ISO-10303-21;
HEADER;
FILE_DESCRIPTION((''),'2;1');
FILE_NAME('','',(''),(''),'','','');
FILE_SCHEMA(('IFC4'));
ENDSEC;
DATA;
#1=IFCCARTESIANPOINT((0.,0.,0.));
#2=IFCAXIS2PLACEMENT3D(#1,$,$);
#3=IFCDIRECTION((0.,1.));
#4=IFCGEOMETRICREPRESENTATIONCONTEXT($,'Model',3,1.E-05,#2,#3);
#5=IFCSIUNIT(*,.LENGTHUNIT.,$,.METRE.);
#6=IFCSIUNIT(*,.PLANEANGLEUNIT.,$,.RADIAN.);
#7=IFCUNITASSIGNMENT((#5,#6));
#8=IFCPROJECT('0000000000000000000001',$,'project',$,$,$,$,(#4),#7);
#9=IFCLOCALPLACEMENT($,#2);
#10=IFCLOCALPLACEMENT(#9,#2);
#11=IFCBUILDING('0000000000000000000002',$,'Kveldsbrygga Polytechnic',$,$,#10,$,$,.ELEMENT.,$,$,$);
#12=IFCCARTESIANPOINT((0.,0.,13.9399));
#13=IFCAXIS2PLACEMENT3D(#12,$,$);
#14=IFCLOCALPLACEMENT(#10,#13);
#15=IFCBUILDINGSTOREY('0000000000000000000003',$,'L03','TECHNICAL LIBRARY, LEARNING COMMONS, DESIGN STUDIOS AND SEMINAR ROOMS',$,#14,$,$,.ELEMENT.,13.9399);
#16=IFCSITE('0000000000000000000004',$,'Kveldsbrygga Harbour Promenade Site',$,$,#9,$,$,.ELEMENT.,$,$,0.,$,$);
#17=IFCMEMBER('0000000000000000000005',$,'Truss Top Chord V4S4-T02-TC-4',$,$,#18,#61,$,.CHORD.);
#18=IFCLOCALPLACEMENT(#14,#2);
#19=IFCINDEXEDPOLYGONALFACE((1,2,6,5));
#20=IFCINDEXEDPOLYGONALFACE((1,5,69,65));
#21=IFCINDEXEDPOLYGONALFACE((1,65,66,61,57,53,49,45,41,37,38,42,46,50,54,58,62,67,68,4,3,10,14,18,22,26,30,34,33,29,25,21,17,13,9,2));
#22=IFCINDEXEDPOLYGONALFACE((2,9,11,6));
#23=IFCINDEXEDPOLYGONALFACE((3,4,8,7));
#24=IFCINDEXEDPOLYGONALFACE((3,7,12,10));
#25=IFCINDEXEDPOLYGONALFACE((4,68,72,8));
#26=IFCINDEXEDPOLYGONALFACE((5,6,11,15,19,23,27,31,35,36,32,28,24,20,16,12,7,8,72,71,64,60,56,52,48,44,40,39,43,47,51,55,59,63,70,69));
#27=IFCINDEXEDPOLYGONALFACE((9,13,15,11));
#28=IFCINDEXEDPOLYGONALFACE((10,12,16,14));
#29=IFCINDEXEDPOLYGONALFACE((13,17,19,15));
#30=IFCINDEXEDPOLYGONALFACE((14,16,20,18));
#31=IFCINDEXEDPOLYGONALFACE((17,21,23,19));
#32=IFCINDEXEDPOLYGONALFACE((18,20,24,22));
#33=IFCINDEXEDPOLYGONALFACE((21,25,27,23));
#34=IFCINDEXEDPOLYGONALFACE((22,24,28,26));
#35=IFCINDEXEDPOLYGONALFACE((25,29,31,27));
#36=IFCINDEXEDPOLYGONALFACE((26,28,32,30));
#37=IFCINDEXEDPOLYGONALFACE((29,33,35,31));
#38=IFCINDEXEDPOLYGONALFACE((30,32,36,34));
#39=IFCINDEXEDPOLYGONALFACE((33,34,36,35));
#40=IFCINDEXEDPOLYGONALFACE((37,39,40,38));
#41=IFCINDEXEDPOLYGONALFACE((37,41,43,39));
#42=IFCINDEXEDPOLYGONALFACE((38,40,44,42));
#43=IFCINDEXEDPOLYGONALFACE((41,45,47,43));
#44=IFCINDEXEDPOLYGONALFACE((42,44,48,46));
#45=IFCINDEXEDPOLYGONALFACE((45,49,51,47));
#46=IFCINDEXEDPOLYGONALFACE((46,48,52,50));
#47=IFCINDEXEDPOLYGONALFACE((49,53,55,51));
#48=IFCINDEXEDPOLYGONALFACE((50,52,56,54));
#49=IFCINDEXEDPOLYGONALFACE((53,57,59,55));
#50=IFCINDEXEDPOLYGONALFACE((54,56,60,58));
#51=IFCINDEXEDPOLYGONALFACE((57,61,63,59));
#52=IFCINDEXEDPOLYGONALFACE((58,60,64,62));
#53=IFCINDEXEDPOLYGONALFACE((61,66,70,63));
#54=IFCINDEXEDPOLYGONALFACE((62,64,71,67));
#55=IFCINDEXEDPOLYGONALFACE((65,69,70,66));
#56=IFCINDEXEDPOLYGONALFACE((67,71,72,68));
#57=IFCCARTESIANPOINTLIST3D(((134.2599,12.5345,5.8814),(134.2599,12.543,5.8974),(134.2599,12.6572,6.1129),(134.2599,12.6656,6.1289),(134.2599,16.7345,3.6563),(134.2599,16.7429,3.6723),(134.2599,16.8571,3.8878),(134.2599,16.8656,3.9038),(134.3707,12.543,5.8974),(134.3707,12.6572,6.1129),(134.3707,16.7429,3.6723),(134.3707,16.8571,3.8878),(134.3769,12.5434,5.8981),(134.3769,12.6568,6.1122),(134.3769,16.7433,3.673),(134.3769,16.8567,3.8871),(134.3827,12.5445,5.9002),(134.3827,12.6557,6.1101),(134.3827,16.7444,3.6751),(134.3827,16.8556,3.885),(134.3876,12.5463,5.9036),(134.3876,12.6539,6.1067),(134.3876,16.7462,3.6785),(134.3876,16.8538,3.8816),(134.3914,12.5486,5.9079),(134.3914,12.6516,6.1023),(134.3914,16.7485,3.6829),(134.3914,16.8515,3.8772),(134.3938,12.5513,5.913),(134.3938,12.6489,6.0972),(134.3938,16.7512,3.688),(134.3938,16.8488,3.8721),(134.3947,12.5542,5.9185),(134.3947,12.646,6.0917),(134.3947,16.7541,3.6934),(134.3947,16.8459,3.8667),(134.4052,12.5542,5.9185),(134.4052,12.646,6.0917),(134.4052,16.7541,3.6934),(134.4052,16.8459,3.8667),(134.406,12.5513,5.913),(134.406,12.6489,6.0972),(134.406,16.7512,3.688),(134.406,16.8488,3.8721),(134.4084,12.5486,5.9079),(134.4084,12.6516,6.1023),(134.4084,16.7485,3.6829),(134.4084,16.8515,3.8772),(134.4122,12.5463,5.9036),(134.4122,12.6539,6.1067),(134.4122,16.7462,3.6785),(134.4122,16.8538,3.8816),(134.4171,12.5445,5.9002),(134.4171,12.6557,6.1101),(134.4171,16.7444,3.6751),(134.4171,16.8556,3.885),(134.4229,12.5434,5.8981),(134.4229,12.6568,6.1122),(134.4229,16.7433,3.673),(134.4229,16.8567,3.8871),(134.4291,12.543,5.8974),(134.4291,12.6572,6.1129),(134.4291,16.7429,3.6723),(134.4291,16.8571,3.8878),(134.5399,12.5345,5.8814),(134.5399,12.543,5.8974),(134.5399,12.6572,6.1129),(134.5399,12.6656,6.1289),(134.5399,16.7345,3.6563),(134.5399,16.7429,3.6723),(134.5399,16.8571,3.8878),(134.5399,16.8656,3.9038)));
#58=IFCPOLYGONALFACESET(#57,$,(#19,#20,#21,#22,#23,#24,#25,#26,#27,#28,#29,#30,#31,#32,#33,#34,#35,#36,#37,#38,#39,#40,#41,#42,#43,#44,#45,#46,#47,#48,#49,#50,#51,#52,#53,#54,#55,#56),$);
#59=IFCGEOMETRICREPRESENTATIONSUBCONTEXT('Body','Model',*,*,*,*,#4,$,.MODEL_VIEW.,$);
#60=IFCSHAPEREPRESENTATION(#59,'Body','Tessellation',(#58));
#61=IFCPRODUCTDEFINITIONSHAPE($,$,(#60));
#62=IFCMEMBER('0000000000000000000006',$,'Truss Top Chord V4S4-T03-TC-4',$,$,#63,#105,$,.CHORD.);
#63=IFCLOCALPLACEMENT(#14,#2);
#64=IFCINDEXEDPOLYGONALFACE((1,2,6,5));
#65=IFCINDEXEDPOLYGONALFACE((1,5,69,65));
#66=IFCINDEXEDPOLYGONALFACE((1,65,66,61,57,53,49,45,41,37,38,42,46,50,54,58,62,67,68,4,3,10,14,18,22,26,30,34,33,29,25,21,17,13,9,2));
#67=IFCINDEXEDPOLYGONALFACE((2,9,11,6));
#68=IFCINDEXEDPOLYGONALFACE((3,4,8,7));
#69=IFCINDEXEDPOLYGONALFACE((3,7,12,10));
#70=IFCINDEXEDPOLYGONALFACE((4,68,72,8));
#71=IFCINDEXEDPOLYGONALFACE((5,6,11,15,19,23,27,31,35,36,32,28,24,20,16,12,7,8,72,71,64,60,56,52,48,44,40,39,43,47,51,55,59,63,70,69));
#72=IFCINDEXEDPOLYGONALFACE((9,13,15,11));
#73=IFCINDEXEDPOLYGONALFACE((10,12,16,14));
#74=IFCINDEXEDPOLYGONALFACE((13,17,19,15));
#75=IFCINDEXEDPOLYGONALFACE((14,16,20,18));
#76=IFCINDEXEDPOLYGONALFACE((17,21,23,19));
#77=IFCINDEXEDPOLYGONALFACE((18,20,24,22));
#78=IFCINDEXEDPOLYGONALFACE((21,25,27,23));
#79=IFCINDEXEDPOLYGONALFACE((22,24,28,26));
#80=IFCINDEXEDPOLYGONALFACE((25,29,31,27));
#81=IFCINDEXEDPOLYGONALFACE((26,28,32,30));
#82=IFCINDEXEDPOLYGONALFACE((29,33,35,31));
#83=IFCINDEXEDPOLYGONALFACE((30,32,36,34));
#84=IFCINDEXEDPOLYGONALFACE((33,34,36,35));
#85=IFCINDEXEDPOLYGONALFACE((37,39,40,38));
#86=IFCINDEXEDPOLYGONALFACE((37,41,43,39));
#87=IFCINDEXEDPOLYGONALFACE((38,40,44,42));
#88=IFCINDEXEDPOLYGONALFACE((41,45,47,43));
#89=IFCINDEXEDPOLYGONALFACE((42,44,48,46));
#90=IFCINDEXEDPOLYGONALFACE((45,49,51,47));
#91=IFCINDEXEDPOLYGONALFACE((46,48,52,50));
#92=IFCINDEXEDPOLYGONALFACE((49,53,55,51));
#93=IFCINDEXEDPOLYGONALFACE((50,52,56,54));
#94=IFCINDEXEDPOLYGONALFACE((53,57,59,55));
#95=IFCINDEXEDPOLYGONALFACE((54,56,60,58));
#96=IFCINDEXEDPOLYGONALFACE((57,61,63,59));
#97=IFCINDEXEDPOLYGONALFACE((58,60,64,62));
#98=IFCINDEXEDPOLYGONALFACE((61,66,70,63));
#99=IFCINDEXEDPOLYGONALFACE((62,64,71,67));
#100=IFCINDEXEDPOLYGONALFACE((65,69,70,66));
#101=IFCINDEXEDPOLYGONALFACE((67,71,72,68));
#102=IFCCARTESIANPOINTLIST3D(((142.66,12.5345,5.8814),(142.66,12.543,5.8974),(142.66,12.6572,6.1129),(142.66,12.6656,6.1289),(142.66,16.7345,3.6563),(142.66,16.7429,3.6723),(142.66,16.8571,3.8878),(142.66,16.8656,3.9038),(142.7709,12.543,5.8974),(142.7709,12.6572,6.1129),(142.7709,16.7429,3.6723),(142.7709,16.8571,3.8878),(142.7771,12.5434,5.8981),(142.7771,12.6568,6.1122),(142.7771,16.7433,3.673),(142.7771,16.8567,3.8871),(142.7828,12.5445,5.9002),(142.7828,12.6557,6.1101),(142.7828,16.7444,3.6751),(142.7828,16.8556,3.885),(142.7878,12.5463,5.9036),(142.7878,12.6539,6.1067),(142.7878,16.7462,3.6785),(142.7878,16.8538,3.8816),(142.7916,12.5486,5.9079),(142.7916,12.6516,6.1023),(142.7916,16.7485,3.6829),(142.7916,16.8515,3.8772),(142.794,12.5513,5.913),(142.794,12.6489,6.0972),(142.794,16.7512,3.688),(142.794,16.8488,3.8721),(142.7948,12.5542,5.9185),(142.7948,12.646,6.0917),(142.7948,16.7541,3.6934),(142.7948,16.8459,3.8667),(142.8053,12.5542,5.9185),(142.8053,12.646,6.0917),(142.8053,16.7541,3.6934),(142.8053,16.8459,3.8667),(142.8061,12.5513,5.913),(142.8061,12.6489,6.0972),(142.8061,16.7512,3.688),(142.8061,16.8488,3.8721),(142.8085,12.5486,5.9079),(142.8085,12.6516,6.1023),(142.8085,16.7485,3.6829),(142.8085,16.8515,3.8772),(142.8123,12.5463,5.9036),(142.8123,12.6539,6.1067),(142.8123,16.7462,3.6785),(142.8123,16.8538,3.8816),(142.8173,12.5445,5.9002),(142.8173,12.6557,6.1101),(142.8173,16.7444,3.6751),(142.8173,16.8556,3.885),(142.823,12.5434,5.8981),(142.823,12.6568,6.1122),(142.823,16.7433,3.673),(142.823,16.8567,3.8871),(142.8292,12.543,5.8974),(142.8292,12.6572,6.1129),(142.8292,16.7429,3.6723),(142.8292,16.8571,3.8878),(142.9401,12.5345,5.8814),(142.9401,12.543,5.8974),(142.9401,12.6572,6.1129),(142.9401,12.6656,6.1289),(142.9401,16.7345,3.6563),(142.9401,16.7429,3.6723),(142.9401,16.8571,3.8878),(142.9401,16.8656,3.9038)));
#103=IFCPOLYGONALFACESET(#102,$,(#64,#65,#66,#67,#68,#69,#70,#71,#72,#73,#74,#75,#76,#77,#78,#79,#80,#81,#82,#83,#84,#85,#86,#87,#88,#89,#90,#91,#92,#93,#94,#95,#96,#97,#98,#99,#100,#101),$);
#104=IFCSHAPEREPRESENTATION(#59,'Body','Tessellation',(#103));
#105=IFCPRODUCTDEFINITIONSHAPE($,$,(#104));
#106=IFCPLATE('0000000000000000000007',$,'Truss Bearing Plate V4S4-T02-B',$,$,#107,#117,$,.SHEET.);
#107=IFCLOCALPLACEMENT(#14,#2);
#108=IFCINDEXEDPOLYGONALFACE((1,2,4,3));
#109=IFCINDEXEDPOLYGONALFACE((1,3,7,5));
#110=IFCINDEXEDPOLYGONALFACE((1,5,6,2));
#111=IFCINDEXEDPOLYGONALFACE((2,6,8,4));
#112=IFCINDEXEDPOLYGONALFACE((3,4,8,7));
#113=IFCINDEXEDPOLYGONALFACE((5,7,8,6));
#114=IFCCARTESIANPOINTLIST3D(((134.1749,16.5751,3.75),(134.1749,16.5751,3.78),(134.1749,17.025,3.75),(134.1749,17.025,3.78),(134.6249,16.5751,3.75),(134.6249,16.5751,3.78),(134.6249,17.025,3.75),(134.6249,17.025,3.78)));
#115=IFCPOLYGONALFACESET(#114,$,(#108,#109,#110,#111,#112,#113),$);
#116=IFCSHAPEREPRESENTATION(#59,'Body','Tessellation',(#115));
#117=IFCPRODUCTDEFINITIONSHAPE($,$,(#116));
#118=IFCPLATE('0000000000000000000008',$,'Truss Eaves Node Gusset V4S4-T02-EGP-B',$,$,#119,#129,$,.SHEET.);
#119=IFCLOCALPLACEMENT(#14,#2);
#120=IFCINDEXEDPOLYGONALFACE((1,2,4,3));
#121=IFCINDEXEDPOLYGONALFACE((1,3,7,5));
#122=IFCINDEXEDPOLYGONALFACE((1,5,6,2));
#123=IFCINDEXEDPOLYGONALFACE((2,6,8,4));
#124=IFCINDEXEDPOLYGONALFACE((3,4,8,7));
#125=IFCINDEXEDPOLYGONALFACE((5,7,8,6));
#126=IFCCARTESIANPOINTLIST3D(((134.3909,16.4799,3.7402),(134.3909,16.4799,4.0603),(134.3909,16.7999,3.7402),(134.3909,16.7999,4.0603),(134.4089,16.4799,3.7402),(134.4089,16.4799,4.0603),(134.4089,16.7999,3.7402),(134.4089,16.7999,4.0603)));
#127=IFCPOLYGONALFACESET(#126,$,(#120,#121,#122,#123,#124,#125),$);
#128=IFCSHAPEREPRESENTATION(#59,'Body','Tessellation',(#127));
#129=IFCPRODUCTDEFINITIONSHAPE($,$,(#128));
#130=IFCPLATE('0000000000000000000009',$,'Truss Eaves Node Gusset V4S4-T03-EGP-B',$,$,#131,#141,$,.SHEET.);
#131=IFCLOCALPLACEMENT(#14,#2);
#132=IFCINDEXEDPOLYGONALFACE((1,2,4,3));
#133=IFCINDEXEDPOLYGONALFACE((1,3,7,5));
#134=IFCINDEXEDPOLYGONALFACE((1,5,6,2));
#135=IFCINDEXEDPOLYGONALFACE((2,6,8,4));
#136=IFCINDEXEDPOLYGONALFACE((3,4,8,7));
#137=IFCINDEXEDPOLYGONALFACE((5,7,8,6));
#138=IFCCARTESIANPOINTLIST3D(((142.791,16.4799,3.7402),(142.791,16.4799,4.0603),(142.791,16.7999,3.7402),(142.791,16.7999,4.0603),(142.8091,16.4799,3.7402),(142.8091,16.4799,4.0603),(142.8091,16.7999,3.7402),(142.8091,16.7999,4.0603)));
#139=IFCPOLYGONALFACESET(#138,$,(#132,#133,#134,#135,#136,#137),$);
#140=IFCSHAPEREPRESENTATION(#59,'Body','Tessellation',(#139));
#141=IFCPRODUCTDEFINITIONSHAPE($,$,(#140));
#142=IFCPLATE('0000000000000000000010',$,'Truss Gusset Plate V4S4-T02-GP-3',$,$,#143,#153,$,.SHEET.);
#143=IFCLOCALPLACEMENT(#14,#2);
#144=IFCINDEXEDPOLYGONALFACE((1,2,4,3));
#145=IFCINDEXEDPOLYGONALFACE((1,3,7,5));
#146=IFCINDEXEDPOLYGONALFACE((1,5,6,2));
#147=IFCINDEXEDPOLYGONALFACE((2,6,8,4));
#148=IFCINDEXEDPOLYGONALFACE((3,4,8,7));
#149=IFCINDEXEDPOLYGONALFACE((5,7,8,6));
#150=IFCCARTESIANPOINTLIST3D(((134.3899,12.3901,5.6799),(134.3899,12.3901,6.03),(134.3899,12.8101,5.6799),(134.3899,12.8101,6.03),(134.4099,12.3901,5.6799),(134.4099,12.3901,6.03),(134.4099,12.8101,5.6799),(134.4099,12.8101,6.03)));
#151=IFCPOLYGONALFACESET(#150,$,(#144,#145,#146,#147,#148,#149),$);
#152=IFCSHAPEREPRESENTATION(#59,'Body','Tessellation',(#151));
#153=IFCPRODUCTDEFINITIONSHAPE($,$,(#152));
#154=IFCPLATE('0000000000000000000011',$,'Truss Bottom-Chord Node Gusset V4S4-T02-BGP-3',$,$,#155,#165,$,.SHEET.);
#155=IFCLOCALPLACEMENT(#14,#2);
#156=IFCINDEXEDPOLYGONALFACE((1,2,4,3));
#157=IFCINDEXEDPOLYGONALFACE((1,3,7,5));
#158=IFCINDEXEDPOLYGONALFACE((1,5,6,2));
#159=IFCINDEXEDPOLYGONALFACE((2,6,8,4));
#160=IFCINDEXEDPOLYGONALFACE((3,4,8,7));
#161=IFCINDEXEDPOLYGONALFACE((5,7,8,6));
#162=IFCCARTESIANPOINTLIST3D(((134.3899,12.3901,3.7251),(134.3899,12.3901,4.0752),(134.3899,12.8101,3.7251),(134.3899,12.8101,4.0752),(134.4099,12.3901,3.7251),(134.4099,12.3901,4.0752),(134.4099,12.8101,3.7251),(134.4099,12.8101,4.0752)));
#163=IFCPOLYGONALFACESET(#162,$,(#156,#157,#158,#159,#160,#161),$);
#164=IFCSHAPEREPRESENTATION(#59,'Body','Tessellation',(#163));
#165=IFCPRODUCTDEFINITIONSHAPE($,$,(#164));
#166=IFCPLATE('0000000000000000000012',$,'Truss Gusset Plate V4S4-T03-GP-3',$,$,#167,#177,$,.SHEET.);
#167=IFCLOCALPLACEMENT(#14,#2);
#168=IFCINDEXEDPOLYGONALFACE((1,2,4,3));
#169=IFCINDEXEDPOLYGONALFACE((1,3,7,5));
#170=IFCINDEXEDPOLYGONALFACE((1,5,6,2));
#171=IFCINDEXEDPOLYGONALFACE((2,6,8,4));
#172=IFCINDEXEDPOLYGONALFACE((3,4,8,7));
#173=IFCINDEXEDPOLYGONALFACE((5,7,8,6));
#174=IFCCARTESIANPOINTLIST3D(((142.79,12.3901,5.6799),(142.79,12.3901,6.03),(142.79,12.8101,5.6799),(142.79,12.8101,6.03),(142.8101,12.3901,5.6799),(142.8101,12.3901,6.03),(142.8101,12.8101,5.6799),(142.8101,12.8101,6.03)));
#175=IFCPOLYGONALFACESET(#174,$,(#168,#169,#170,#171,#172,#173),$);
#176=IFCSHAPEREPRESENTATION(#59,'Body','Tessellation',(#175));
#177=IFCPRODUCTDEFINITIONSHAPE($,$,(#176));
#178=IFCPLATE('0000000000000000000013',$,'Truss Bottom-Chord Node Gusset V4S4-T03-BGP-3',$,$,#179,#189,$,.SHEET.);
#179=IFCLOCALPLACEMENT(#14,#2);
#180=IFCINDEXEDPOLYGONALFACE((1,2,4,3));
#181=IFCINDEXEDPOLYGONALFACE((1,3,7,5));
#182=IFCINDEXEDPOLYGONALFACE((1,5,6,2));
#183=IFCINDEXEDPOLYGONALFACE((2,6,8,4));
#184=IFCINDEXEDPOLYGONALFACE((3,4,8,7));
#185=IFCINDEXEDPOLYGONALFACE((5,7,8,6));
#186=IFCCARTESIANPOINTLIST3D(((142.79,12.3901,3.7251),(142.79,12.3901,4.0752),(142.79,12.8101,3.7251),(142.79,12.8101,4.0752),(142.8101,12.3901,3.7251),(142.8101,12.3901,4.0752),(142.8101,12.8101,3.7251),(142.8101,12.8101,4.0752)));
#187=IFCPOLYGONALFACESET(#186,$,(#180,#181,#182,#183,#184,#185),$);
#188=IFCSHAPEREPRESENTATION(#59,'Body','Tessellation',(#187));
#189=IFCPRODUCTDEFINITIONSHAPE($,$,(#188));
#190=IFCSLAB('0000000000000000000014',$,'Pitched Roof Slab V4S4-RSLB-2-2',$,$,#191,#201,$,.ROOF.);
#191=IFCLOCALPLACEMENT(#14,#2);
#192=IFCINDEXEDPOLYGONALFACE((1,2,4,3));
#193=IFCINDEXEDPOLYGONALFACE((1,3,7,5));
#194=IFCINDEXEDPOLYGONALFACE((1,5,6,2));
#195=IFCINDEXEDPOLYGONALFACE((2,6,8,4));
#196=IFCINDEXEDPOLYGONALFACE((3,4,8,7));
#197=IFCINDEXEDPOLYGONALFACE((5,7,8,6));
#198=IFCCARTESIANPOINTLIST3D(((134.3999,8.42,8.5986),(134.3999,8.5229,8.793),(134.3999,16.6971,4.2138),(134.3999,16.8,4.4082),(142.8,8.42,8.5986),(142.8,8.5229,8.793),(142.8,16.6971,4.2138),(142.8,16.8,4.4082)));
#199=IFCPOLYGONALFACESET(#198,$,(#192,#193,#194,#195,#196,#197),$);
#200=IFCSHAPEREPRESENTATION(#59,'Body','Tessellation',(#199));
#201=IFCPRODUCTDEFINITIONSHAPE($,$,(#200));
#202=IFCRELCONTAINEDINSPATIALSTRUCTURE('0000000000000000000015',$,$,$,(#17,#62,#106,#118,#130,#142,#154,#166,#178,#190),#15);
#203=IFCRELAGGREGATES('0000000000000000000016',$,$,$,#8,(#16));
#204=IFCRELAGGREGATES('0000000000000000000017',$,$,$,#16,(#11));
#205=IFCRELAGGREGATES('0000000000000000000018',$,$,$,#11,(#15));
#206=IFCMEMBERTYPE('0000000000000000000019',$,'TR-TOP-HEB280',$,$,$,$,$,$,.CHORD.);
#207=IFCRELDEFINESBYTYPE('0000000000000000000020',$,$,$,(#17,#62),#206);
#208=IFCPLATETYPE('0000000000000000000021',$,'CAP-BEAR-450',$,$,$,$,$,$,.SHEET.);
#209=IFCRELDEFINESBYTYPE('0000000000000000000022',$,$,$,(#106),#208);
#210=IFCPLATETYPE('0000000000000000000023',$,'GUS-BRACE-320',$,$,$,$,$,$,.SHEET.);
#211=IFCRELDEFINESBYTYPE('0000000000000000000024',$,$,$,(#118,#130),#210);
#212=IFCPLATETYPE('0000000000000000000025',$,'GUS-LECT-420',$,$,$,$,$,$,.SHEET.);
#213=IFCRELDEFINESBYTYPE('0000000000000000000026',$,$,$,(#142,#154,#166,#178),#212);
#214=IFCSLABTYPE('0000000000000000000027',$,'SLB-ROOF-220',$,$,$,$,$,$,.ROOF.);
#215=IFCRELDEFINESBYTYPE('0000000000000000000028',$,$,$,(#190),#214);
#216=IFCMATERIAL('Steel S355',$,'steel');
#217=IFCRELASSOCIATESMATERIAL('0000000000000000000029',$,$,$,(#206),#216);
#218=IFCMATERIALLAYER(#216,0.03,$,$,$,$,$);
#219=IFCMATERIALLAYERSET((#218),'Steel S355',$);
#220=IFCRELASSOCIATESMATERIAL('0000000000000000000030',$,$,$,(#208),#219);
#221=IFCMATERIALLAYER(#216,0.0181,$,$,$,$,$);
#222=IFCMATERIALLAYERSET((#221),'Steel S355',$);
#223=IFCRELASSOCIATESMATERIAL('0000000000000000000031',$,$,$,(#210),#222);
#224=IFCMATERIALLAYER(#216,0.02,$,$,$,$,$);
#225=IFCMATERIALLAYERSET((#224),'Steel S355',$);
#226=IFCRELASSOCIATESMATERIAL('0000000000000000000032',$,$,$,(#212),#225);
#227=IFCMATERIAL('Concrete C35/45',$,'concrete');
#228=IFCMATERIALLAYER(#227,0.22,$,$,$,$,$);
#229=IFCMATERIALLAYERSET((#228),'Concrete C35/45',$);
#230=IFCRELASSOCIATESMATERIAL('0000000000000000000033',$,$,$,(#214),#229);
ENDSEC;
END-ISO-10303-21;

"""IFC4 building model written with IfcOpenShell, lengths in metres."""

from ifc_helpers import new_model, si_unit, direction, frame, origin, origin_2d, place, context, subcontext, project, spatial, polyline, rectangle, i_section, outline, extrude, material, layer, layer_set, material_profile, profile_set, type_object, element, save


model = new_model("IFC4")

# Units and contexts
model_context = context("Model", 3, precision=1e-05, world=origin(), true_north=direction((0.0, 1.0)))
body_context = subcontext(model_context, "Body", "Model", "MODEL_VIEW")
ifc_project = project(units=[si_unit("LENGTHUNIT", "METRE"), si_unit("PLANEANGLEUNIT", "RADIAN")], contexts=[model_context])

# Site, building, storey
site_placement = place(None, origin())
site = spatial("IfcSite", under=ifc_project, at=site_placement, Name="Kveldsbrygga Harbour Promenade Site", CompositionType="ELEMENT", RefElevation=0.0)
building_placement = place(site_placement, origin())
building = spatial("IfcBuilding", under=site, at=building_placement, Name="Kveldsbrygga Polytechnic", CompositionType="ELEMENT")
storey_placement = place(building_placement, frame((0.0, 0.0, 13.9399)))
storey = spatial("IfcBuildingStorey", under=building, at=storey_placement, Name="L03", Description="TECHNICAL LIBRARY, LEARNING COMMONS, DESIGN STUDIOS AND SEMINAR ROOMS", CompositionType="ELEMENT", Elevation=13.9399)

# Shared definitions
ifc_material_1 = material(Name="Concrete C35/45", Category="concrete")
ifc_material_2 = material(Name="Steel S355", Category="steel")

# Members
ifc_material_profile_1 = material_profile(ifc_material_2, i_section(OverallWidth=0.28, OverallDepth=0.28, WebThickness=0.0105, FlangeThickness=0.0181, FilletRadius=0.0239, at=origin_2d()), Name="HEB 280")
ifc_profile_set_1 = profile_set([ifc_material_profile_1], Name="Steel S355")
member_type_1 = type_object("IfcMemberType", Name="TR-TOP-HEB280", PredefinedType="CHORD", material=ifc_profile_set_1)
for number, where, z_axis, x_axis, name in (
    (1, (134.3999, 12.6001, 6.0051), (0.0, 0.883649, -0.46815), (-1.0, 0.0, 0.0), "Truss Top Chord V4S4-T02-TC-4"),
    (2, (142.8, 12.6001, 6.0051), (0.0, 0.883649, -0.46815), (-1.0, 0.0, 0.0), "Truss Top Chord V4S4-T03-TC-4"),
):
    element("IfcMember", number, at=place(storey_placement, frame(where, z_axis=z_axis, x_axis=x_axis)), inside=storey, type_object=member_type_1, Name=name, PredefinedType="CHORD", context=body_context, shape_type="SweptSolid", body=[
        extrude(i_section(OverallWidth=0.28, OverallDepth=0.28, WebThickness=0.0105, FlangeThickness=0.0181, FilletRadius=0.0239, at=origin_2d()), origin(), (0.0, 0.0, 1.0), 4.7529),
    ])

# Plates
ifc_layer_1 = layer(ifc_material_2, 0.03)
ifc_layer_set_1 = layer_set([ifc_layer_1], Name="Steel S355")
plate_type_1 = type_object("IfcPlateType", Name="CAP-BEAR-450", PredefinedType="SHEET", material=ifc_layer_set_1)
plate_placement = place(storey_placement, frame((134.3999, 16.8, 3.75), z_axis=(0.0, 0.0, 1.0), x_axis=(1.0, 0.0, 0.0)))
element("IfcPlate", 3, at=plate_placement, inside=storey, type_object=plate_type_1, Name="Truss Bearing Plate V4S4-T02-B", PredefinedType="SHEET", context=body_context, shape_type="SweptSolid", body=[
    extrude(rectangle(XDim=0.45, YDim=0.45, at=origin_2d()), origin(), (0.0, 0.0, 1.0), 0.03),
])
ifc_layer_2 = layer(ifc_material_2, 0.0181)
ifc_layer_set_2 = layer_set([ifc_layer_2], Name="Steel S355")
plate_type_2 = type_object("IfcPlateType", Name="GUS-BRACE-320", PredefinedType="SHEET", material=ifc_layer_set_2)
for number, where, z_axis, x_axis, name in (
    (4, (134.3999, 16.6399, 3.7402), (0.0, 0.0, 1.0), (1.0, 0.0, 0.0), "Truss Eaves Node Gusset V4S4-T02-EGP-B"),
    (5, (142.8, 16.6399, 3.7402), (0.0, 0.0, 1.0), (1.0, 0.0, 0.0), "Truss Eaves Node Gusset V4S4-T03-EGP-B"),
):
    element("IfcPlate", number, at=place(storey_placement, frame(where, z_axis=z_axis, x_axis=x_axis)), inside=storey, type_object=plate_type_2, Name=name, PredefinedType="SHEET", context=body_context, shape_type="SweptSolid", body=[
        extrude(rectangle(XDim=0.0181, YDim=0.3201, at=origin_2d()), origin(), (0.0, 0.0, 1.0), 0.3201),
    ])
ifc_layer_3 = layer(ifc_material_2, 0.02)
ifc_layer_set_3 = layer_set([ifc_layer_3], Name="Steel S355")
plate_type_3 = type_object("IfcPlateType", Name="GUS-LECT-420", PredefinedType="SHEET", material=ifc_layer_set_3)
for number, where, z_axis, x_axis, name in (
    (6, (134.3999, 12.6001, 5.6799), (0.0, 0.0, 1.0), (1.0, 0.0, 0.0), "Truss Gusset Plate V4S4-T02-GP-3"),
    (7, (134.3999, 12.6001, 3.7251), (0.0, 0.0, 1.0), (1.0, 0.0, 0.0), "Truss Bottom-Chord Node Gusset V4S4-T02-BGP-3"),
    (8, (142.8, 12.6001, 5.6799), (0.0, 0.0, 1.0), (1.0, 0.0, 0.0), "Truss Gusset Plate V4S4-T03-GP-3"),
    (9, (142.8, 12.6001, 3.7251), (0.0, 0.0, 1.0), (1.0, 0.0, 0.0), "Truss Bottom-Chord Node Gusset V4S4-T03-BGP-3"),
):
    element("IfcPlate", number, at=place(storey_placement, frame(where, z_axis=z_axis, x_axis=x_axis)), inside=storey, type_object=plate_type_3, Name=name, PredefinedType="SHEET", context=body_context, shape_type="SweptSolid", body=[
        extrude(rectangle(XDim=0.02, YDim=0.4199, at=origin_2d()), origin(), (0.0, 0.0, 1.0), 0.3501),
    ])

# Slab
ifc_layer_4 = layer(ifc_material_1, 0.22)
ifc_layer_set_4 = layer_set([ifc_layer_4], Name="Concrete C35/45")
slab_type = type_object("IfcSlabType", Name="SLB-ROOF-220", PredefinedType="ROOF", material=ifc_layer_set_4)
slab_1_placement = place(storey_placement, frame((134.3999, 8.5229, 8.793), z_axis=(0.0, 0.468119, 0.883666), x_axis=(1.0, 0.0, 0.0)))
element("IfcSlab", 10, at=slab_1_placement, inside=storey, type_object=slab_type, Name="Pitched Roof Slab V4S4-RSLB-2-2", PredefinedType="ROOF", context=body_context, shape_type="SweptSolid", body=[
    extrude(outline(polyline([(0.0, 0.0), (8.4001, 0.0), (8.4001, 9.3668), (0.0, 9.3668), (0.0, 0.0)])), origin(), (0.0, 0.0, -1.0), 0.22),
])

save(model, "model.ifc")
